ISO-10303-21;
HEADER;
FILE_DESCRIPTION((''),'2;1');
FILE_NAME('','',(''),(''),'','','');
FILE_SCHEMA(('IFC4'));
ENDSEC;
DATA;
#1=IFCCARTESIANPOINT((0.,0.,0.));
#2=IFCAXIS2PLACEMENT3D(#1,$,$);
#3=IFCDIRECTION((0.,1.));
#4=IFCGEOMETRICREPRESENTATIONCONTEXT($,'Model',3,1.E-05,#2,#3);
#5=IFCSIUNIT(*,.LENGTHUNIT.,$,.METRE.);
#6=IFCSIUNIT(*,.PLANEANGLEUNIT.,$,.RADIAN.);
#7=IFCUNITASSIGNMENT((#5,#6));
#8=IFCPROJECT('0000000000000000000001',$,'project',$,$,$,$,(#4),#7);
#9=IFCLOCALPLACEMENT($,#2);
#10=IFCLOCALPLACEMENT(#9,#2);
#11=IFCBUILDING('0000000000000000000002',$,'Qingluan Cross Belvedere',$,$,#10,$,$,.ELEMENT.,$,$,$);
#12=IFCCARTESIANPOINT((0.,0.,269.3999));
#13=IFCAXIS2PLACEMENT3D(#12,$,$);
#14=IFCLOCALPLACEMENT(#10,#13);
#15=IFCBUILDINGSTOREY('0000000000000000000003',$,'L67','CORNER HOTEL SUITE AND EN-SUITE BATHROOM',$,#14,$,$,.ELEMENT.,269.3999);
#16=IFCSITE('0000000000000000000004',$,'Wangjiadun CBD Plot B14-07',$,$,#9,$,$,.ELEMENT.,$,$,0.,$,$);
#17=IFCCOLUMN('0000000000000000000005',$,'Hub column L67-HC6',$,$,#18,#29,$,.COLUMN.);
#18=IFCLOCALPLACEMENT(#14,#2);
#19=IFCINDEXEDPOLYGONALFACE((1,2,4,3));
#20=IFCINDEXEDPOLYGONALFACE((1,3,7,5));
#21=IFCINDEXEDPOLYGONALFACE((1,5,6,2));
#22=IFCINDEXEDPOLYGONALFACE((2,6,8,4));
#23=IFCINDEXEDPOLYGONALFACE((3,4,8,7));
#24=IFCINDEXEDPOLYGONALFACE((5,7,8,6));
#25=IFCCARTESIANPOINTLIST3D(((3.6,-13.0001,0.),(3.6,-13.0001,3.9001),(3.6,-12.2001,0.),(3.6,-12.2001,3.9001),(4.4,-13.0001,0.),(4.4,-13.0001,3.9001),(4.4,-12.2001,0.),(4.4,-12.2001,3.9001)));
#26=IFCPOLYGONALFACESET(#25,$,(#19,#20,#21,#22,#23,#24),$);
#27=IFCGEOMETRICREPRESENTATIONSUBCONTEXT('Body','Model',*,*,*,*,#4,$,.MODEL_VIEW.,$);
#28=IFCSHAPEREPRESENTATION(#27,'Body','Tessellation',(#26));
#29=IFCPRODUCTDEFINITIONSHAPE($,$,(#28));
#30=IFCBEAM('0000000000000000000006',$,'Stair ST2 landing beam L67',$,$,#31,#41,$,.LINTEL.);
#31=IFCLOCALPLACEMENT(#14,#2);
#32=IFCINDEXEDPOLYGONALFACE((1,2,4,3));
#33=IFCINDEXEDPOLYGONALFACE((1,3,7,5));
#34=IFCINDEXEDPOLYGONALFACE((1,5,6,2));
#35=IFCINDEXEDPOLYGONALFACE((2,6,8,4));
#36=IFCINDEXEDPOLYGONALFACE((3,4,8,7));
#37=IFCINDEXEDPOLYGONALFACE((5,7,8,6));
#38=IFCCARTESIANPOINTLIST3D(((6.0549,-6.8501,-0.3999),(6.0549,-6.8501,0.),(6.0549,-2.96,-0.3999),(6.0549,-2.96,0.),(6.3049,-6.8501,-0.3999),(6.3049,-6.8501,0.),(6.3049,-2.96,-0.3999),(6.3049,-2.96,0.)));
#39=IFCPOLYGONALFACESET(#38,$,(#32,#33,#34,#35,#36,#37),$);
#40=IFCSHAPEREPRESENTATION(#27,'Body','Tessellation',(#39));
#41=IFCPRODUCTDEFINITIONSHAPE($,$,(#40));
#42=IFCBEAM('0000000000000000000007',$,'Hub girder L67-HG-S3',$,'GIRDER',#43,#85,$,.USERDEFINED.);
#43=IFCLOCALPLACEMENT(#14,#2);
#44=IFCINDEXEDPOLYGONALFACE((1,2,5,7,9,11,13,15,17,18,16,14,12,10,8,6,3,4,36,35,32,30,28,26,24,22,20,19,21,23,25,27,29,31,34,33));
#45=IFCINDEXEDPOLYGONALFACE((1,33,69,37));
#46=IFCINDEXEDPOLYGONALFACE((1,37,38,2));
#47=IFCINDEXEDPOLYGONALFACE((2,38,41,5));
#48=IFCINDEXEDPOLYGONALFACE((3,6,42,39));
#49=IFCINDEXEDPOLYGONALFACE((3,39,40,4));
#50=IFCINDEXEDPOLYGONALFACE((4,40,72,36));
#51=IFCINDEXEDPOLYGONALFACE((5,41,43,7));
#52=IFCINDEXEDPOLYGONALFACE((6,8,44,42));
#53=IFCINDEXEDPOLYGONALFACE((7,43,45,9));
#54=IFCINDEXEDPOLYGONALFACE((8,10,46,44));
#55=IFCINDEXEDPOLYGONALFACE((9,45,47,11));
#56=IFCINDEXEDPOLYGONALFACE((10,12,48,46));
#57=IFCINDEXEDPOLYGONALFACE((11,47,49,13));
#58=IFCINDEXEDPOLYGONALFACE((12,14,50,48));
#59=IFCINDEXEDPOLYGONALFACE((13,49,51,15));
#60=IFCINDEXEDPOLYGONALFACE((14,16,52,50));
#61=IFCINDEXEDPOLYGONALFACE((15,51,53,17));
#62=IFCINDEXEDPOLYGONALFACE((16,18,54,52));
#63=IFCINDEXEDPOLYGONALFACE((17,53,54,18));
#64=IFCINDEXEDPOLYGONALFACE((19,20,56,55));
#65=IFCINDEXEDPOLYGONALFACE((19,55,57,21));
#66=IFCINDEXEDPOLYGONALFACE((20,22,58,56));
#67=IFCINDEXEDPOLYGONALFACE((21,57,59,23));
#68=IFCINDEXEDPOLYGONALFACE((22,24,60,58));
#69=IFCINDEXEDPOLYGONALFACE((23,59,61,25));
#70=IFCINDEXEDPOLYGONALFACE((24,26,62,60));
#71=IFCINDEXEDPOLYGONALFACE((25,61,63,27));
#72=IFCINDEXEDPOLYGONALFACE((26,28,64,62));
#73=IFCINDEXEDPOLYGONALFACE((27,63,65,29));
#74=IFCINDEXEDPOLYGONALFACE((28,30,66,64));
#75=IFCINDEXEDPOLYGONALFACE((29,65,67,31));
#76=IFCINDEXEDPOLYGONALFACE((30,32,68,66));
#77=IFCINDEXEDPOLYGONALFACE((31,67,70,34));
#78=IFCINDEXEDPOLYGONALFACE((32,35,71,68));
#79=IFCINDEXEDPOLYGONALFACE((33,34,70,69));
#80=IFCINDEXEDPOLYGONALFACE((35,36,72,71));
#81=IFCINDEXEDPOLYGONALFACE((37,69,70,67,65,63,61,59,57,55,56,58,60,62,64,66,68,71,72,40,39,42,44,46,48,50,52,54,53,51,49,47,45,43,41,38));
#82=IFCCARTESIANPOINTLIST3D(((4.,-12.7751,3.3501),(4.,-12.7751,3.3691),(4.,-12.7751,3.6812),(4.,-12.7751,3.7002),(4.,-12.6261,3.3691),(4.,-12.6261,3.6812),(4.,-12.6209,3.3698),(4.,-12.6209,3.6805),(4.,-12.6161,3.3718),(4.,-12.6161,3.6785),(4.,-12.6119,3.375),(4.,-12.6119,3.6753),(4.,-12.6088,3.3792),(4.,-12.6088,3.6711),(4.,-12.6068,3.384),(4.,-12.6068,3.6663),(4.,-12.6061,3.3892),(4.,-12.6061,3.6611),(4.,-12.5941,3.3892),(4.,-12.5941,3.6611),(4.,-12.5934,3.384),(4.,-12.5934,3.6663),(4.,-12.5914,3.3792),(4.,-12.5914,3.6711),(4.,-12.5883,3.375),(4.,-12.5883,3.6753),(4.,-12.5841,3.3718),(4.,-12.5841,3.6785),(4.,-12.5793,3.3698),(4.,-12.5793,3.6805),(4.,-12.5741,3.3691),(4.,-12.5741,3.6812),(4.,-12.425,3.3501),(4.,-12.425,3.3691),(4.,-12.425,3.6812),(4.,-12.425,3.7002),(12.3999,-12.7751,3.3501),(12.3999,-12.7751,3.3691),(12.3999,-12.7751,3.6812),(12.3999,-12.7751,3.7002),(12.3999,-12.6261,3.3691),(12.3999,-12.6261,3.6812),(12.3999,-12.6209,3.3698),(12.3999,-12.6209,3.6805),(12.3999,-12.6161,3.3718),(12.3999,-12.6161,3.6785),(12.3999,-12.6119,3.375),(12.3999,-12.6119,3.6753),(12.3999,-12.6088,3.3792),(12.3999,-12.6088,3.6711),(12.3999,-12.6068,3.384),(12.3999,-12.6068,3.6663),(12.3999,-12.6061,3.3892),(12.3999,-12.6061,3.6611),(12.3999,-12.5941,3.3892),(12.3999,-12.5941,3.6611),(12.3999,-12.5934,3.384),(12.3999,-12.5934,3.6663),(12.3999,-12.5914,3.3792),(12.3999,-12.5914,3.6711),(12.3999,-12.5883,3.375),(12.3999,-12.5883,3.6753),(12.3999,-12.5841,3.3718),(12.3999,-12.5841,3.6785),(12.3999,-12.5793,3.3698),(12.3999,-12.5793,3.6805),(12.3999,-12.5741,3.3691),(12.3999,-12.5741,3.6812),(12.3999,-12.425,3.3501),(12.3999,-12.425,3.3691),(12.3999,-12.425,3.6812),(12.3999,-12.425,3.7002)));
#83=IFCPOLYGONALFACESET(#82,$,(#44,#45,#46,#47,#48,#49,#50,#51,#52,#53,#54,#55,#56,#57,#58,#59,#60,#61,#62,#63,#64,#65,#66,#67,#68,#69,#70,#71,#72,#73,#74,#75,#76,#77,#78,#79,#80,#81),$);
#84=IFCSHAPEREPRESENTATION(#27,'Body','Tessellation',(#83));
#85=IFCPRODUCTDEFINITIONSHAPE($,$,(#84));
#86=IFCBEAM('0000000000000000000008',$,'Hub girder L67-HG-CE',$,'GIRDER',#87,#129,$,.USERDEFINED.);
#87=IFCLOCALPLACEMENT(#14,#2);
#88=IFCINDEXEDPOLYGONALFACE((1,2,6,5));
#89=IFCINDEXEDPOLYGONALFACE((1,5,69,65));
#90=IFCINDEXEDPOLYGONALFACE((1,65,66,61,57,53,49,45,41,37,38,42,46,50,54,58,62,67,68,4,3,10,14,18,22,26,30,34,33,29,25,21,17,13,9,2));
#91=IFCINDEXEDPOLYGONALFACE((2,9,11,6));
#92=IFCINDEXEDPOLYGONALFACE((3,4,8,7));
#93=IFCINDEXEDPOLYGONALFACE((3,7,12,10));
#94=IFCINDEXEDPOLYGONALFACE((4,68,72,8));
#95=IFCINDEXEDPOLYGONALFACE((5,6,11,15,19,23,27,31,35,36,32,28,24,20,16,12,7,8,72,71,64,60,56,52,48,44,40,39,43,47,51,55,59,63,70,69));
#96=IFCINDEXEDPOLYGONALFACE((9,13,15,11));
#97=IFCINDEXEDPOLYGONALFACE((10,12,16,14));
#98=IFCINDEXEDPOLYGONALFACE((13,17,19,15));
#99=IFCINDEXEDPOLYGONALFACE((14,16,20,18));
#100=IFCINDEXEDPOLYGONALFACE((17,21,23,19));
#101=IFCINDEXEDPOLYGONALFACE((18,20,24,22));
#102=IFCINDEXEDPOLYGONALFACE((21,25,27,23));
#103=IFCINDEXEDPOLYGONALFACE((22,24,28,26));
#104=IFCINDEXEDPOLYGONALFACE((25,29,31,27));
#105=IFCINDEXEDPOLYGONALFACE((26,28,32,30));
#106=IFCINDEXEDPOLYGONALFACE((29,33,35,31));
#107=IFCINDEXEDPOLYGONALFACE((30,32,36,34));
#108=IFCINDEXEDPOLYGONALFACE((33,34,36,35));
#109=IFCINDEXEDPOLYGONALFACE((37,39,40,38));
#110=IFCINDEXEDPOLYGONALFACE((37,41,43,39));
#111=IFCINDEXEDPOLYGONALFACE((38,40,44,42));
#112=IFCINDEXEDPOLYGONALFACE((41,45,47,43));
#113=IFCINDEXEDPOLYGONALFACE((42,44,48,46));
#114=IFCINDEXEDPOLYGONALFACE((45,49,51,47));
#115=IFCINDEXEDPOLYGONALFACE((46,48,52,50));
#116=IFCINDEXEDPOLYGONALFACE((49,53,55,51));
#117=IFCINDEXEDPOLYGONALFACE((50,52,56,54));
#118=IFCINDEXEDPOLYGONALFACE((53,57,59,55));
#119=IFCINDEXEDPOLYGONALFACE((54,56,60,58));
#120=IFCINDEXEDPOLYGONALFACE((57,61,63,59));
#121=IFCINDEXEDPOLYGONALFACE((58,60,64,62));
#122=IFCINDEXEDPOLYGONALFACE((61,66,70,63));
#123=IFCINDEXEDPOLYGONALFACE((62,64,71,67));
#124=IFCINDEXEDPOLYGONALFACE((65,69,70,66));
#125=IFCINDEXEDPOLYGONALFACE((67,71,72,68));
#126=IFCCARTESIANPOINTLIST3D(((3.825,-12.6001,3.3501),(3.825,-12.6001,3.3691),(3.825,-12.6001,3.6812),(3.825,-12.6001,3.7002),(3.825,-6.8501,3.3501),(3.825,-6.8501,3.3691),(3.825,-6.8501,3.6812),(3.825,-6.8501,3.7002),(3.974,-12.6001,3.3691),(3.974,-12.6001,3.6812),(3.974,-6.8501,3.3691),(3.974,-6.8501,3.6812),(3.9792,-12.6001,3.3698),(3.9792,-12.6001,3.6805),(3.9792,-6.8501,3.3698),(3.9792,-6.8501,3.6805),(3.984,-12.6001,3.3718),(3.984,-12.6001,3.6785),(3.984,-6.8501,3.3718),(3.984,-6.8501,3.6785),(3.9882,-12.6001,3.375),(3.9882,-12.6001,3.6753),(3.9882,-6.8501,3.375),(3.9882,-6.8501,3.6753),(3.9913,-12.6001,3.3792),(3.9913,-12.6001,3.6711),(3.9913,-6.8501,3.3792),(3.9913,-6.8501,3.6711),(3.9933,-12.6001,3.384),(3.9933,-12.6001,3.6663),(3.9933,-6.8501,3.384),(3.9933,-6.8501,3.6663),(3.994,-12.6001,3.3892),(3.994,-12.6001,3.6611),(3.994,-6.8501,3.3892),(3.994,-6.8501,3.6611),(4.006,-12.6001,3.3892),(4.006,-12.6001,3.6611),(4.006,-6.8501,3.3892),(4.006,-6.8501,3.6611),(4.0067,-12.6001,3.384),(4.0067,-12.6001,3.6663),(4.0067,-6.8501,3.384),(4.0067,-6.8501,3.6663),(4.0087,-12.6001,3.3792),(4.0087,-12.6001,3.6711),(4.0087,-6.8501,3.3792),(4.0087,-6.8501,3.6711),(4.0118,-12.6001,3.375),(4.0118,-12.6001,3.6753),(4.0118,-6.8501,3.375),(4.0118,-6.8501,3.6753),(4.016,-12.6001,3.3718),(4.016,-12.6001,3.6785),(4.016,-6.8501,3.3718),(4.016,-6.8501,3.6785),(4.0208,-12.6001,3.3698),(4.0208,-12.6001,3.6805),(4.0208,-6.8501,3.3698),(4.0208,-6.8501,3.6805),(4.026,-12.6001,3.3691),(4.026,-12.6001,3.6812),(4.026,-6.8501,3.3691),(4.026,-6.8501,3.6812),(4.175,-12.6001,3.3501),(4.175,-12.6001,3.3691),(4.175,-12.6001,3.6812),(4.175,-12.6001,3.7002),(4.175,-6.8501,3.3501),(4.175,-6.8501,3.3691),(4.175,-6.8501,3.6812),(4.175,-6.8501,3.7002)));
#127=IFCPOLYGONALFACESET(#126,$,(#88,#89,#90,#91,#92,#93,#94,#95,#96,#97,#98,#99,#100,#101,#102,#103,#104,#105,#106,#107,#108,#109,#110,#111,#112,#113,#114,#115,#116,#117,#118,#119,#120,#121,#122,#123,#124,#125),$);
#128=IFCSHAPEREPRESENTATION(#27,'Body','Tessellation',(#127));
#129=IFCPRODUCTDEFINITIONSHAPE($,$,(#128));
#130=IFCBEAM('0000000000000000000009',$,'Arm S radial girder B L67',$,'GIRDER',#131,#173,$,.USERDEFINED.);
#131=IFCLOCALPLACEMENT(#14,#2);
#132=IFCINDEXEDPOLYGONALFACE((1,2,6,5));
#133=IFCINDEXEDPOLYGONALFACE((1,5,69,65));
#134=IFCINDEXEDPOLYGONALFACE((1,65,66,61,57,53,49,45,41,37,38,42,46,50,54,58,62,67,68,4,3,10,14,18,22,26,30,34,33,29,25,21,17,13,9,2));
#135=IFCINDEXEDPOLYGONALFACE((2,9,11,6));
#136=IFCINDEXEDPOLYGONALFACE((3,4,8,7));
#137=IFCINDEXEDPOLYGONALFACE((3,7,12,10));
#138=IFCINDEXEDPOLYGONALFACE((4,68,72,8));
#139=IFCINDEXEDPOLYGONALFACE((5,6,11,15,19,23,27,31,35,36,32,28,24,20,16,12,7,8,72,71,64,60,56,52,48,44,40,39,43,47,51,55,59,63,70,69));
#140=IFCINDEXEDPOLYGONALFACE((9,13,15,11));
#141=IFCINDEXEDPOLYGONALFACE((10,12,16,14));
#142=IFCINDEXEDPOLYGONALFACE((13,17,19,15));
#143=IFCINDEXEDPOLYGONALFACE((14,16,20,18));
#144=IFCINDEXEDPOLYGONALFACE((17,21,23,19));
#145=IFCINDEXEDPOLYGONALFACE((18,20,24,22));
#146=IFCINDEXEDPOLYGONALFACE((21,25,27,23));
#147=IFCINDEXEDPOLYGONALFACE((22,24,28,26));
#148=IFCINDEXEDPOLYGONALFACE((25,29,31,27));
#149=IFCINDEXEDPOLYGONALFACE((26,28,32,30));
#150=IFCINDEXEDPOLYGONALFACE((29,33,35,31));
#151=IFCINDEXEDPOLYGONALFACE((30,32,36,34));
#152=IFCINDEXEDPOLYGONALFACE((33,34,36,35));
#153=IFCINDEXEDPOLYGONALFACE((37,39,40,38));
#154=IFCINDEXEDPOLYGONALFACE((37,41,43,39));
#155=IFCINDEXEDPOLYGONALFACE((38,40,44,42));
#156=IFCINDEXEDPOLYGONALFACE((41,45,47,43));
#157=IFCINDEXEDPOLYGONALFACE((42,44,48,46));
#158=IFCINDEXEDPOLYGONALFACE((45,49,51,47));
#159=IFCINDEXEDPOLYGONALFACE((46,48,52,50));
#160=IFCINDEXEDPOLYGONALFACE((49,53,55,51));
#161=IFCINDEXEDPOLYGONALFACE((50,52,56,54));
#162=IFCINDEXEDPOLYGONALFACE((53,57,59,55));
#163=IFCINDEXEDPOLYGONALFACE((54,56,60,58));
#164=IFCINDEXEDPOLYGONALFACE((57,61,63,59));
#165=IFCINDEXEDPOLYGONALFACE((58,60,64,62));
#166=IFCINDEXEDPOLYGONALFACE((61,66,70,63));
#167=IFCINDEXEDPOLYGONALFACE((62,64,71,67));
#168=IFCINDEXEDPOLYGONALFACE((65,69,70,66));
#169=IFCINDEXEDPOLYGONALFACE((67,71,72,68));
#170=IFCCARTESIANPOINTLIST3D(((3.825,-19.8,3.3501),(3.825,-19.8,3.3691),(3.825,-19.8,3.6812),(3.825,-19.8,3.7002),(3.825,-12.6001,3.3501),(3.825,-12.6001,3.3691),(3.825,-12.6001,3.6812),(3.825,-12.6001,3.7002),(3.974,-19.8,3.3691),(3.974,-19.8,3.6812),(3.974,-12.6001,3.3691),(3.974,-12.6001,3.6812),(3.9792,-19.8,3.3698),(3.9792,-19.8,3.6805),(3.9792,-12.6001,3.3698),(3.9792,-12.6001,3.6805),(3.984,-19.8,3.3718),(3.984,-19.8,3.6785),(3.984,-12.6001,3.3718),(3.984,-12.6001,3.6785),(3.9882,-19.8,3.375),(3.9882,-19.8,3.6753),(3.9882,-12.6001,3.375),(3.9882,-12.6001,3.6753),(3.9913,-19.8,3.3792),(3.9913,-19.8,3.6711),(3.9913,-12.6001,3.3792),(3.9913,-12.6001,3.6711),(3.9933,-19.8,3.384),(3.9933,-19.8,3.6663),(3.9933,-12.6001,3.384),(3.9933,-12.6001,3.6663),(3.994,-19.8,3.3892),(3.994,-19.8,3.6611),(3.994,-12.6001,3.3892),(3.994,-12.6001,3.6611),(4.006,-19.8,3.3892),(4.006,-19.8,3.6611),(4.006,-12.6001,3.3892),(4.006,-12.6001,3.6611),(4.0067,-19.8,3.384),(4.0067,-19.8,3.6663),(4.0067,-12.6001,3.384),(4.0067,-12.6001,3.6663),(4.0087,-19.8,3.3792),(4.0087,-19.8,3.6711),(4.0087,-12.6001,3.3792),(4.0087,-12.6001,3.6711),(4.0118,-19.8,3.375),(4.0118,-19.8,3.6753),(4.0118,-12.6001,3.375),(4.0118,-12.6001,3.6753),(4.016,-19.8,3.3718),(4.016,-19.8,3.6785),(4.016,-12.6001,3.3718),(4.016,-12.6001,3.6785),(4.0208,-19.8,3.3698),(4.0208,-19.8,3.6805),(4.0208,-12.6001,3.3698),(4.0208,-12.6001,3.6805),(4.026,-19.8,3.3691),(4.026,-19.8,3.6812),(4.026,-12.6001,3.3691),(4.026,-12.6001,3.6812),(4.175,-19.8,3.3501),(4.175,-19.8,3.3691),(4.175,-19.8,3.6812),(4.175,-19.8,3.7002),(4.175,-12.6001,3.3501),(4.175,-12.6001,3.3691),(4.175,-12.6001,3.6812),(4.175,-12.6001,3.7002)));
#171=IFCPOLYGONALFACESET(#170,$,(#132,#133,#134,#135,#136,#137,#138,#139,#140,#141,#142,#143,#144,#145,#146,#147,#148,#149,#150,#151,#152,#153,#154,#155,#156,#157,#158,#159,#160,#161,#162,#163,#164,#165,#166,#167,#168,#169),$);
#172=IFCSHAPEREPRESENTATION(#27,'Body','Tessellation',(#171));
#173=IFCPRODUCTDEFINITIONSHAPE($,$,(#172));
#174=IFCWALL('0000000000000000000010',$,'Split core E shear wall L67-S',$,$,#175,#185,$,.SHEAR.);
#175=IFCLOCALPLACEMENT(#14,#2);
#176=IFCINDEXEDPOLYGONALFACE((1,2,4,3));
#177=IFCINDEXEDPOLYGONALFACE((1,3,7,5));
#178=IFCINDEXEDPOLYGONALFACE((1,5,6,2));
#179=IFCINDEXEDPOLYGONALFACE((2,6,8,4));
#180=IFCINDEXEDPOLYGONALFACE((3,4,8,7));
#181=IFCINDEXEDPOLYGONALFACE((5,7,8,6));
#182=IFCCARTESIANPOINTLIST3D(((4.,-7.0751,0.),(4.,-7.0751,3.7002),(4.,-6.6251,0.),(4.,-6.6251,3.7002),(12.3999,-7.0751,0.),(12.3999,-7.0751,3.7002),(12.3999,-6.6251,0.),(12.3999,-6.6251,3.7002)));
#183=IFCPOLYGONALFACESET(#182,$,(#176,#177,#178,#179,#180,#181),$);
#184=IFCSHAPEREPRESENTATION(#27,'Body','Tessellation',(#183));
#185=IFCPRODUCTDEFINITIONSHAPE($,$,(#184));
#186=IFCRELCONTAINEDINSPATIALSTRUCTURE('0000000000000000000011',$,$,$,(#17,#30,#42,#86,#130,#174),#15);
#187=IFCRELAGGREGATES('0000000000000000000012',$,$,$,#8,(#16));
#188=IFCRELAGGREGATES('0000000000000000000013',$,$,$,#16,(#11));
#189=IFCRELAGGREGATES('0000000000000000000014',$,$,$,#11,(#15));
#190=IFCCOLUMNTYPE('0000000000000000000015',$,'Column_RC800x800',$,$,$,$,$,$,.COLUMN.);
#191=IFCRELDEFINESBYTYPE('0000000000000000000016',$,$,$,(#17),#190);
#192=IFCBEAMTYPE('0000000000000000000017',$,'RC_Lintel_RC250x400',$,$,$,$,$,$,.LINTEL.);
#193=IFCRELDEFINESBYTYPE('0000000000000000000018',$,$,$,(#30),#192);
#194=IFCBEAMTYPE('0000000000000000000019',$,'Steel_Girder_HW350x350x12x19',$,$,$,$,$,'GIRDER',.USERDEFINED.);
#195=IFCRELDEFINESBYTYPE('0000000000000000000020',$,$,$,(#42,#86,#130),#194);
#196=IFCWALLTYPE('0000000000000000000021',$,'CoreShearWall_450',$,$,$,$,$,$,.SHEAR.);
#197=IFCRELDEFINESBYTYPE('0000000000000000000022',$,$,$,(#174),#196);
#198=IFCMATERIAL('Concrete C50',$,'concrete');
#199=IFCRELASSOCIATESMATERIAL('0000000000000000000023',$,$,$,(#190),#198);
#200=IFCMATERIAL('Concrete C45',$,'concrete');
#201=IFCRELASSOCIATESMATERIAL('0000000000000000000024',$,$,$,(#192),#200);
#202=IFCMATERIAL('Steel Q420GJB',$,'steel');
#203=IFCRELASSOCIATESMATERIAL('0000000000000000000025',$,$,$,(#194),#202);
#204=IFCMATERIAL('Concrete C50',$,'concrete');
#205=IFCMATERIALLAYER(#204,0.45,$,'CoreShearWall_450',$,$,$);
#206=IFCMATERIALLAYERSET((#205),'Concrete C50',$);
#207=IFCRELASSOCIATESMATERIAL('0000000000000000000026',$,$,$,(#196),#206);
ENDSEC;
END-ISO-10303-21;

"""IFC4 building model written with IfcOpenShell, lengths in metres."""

from ifc_helpers import new_model, si_unit, direction, frame, frame_2d, origin, origin_2d, place, context, subcontext, project, spatial, rectangle, i_section, extrude, material, layer, layer_set, material_profile, profile_set, type_object, element, save


model = new_model("IFC4")

# Units and contexts
model_context = context("Model", 3, precision=1e-05, world=origin(), true_north=direction((0.0, 1.0)))
body_context = subcontext(model_context, "Body", "Model", "MODEL_VIEW")
ifc_project = project(units=[si_unit("LENGTHUNIT", "METRE"), si_unit("PLANEANGLEUNIT", "RADIAN")], contexts=[model_context])

# Site, building, storey
site_placement = place(None, origin())
site = spatial("IfcSite", under=ifc_project, at=site_placement, Name="Wangjiadun CBD Plot B14-07", CompositionType="ELEMENT", RefElevation=0.0)
building_placement = place(site_placement, origin())
building = spatial("IfcBuilding", under=site, at=building_placement, Name="Qingluan Cross Belvedere", CompositionType="ELEMENT")
storey_placement = place(building_placement, frame((0.0, 0.0, 269.3999)))
storey = spatial("IfcBuildingStorey", under=building, at=storey_placement, Name="L67", Description="CORNER HOTEL SUITE AND EN-SUITE BATHROOM", CompositionType="ELEMENT", Elevation=269.3999)

# Column
ifc_material_1 = material(Name="Concrete C50", Category="concrete")
ifc_material_profile_1 = material_profile(ifc_material_1, rectangle(XDim=0.8, YDim=0.8, at=origin_2d()), Name="RC800x800")
ifc_profile_set_1 = profile_set([ifc_material_profile_1], Name="Concrete C50")
column_type = type_object("IfcColumnType", Name="Column_RC800x800", PredefinedType="COLUMN", material=ifc_profile_set_1)
column_placement = place(storey_placement, frame((4.0, -12.6001, 0.0), z_axis=(0.0, 0.0, 1.0), x_axis=(1.0, 0.0, 0.0)))
element("IfcColumn", 1, at=column_placement, inside=storey, type_object=column_type, Name="Hub column L67-HC6", PredefinedType="COLUMN", context=body_context, shape_type="SweptSolid", body=[
    extrude(rectangle(XDim=0.8, YDim=0.8, at=origin_2d()), origin(), (0.0, 0.0, 1.0), 3.9001),
])

# Beams
ifc_material_2 = material(Name="Concrete C45", Category="concrete")
ifc_material_profile_2 = material_profile(ifc_material_2, rectangle(XDim=0.25, YDim=0.3999, at=origin_2d()), Name="RC250x400")
ifc_profile_set_2 = profile_set([ifc_material_profile_2], Name="Concrete C45")
beam_type_1 = type_object("IfcBeamType", Name="RC_Lintel_RC250x400", PredefinedType="LINTEL", material=ifc_profile_set_2)
beam_1_placement = place(storey_placement, frame((6.1799, -6.8501, -0.2), z_axis=(0.0, 1.0, 0.0), x_axis=(-1.0, 0.0, 0.0)))
element("IfcBeam", 2, at=beam_1_placement, inside=storey, type_object=beam_type_1, Name="Stair ST2 landing beam L67", PredefinedType="LINTEL", context=body_context, shape_type="SweptSolid", body=[
    extrude(rectangle(XDim=0.25, YDim=0.3999, at=origin_2d()), origin(), (0.0, 0.0, 1.0), 3.8901),
])
ifc_material_3 = material(Name="Steel Q420GJB", Category="steel")
ifc_material_profile_3 = material_profile(ifc_material_3, i_section(OverallWidth=0.3501, OverallDepth=0.3501, WebThickness=0.012, FlangeThickness=0.019, FilletRadius=0.02, at=origin_2d()), Name="HW350x350x12x19")
ifc_profile_set_3 = profile_set([ifc_material_profile_3], Name="Steel Q420GJB")
beam_type_2 = type_object("IfcBeamType", Name="Steel_Girder_HW350x350x12x19", ElementType="GIRDER", PredefinedType="USERDEFINED", material=ifc_profile_set_3)
beam_2_placement = place(storey_placement, frame((4.0, -12.6001, 3.5251), z_axis=(1.0, 0.0, 0.0), x_axis=(0.0, 1.0, 0.0)))
element("IfcBeam", 3, at=beam_2_placement, inside=storey, type_object=beam_type_2, Name="Hub girder L67-HG-S3", ObjectType="GIRDER", PredefinedType="USERDEFINED", context=body_context, shape_type="SweptSolid", body=[
    extrude(i_section(OverallWidth=0.3501, OverallDepth=0.3501, WebThickness=0.012, FlangeThickness=0.019, FilletRadius=0.02, at=origin_2d()), origin(), (0.0, 0.0, 1.0), 8.3999),
])
beam_3_placement = place(storey_placement, frame((4.0, -12.6001, 3.5251), z_axis=(0.0, 1.0, 0.0), x_axis=(-1.0, 0.0, 0.0)))
element("IfcBeam", 4, at=beam_3_placement, inside=storey, type_object=beam_type_2, Name="Hub girder L67-HG-CE", ObjectType="GIRDER", PredefinedType="USERDEFINED", context=body_context, shape_type="SweptSolid", body=[
    extrude(i_section(OverallWidth=0.3501, OverallDepth=0.3501, WebThickness=0.012, FlangeThickness=0.019, FilletRadius=0.02, at=origin_2d()), origin(), (0.0, 0.0, 1.0), 5.75),
])
beam_4_placement = place(storey_placement, frame((4.0, -12.6001, 3.5251), z_axis=(0.0, -1.0, 0.0), x_axis=(1.0, 0.0, 0.0)))
element("IfcBeam", 5, at=beam_4_placement, inside=storey, type_object=beam_type_2, Name="Arm S radial girder B L67", ObjectType="GIRDER", PredefinedType="USERDEFINED", context=body_context, shape_type="SweptSolid", body=[
    extrude(i_section(OverallWidth=0.3501, OverallDepth=0.3501, WebThickness=0.012, FlangeThickness=0.019, FilletRadius=0.02, at=origin_2d()), origin(), (0.0, 0.0, 1.0), 7.2),
])

# Wall
ifc_material_4 = material(Name="Concrete C50", Category="concrete")
ifc_layer_1 = layer(ifc_material_4, 0.45, Name="CoreShearWall_450")
ifc_layer_set_1 = layer_set([ifc_layer_1], Name="Concrete C50")
wall_type_1 = type_object("IfcWallType", Name="CoreShearWall_450", PredefinedType="SHEAR", material=ifc_layer_set_1)
wall_1_placement = place(storey_placement, frame((4.0, -6.8501, 0.0), z_axis=(0.0, 0.0, 1.0), x_axis=(1.0, 0.0, 0.0)))
element("IfcWall", 6, at=wall_1_placement, inside=storey, type_object=wall_type_1, Name="Split core E shear wall L67-S", PredefinedType="SHEAR", context=body_context, shape_type="SweptSolid", body=[
    extrude(rectangle(XDim=8.3999, YDim=0.45, at=frame_2d((4.2, 0.0))), origin(), (0.0, 0.0, 1.0), 3.7002),
])

save(model, "model.ifc")
